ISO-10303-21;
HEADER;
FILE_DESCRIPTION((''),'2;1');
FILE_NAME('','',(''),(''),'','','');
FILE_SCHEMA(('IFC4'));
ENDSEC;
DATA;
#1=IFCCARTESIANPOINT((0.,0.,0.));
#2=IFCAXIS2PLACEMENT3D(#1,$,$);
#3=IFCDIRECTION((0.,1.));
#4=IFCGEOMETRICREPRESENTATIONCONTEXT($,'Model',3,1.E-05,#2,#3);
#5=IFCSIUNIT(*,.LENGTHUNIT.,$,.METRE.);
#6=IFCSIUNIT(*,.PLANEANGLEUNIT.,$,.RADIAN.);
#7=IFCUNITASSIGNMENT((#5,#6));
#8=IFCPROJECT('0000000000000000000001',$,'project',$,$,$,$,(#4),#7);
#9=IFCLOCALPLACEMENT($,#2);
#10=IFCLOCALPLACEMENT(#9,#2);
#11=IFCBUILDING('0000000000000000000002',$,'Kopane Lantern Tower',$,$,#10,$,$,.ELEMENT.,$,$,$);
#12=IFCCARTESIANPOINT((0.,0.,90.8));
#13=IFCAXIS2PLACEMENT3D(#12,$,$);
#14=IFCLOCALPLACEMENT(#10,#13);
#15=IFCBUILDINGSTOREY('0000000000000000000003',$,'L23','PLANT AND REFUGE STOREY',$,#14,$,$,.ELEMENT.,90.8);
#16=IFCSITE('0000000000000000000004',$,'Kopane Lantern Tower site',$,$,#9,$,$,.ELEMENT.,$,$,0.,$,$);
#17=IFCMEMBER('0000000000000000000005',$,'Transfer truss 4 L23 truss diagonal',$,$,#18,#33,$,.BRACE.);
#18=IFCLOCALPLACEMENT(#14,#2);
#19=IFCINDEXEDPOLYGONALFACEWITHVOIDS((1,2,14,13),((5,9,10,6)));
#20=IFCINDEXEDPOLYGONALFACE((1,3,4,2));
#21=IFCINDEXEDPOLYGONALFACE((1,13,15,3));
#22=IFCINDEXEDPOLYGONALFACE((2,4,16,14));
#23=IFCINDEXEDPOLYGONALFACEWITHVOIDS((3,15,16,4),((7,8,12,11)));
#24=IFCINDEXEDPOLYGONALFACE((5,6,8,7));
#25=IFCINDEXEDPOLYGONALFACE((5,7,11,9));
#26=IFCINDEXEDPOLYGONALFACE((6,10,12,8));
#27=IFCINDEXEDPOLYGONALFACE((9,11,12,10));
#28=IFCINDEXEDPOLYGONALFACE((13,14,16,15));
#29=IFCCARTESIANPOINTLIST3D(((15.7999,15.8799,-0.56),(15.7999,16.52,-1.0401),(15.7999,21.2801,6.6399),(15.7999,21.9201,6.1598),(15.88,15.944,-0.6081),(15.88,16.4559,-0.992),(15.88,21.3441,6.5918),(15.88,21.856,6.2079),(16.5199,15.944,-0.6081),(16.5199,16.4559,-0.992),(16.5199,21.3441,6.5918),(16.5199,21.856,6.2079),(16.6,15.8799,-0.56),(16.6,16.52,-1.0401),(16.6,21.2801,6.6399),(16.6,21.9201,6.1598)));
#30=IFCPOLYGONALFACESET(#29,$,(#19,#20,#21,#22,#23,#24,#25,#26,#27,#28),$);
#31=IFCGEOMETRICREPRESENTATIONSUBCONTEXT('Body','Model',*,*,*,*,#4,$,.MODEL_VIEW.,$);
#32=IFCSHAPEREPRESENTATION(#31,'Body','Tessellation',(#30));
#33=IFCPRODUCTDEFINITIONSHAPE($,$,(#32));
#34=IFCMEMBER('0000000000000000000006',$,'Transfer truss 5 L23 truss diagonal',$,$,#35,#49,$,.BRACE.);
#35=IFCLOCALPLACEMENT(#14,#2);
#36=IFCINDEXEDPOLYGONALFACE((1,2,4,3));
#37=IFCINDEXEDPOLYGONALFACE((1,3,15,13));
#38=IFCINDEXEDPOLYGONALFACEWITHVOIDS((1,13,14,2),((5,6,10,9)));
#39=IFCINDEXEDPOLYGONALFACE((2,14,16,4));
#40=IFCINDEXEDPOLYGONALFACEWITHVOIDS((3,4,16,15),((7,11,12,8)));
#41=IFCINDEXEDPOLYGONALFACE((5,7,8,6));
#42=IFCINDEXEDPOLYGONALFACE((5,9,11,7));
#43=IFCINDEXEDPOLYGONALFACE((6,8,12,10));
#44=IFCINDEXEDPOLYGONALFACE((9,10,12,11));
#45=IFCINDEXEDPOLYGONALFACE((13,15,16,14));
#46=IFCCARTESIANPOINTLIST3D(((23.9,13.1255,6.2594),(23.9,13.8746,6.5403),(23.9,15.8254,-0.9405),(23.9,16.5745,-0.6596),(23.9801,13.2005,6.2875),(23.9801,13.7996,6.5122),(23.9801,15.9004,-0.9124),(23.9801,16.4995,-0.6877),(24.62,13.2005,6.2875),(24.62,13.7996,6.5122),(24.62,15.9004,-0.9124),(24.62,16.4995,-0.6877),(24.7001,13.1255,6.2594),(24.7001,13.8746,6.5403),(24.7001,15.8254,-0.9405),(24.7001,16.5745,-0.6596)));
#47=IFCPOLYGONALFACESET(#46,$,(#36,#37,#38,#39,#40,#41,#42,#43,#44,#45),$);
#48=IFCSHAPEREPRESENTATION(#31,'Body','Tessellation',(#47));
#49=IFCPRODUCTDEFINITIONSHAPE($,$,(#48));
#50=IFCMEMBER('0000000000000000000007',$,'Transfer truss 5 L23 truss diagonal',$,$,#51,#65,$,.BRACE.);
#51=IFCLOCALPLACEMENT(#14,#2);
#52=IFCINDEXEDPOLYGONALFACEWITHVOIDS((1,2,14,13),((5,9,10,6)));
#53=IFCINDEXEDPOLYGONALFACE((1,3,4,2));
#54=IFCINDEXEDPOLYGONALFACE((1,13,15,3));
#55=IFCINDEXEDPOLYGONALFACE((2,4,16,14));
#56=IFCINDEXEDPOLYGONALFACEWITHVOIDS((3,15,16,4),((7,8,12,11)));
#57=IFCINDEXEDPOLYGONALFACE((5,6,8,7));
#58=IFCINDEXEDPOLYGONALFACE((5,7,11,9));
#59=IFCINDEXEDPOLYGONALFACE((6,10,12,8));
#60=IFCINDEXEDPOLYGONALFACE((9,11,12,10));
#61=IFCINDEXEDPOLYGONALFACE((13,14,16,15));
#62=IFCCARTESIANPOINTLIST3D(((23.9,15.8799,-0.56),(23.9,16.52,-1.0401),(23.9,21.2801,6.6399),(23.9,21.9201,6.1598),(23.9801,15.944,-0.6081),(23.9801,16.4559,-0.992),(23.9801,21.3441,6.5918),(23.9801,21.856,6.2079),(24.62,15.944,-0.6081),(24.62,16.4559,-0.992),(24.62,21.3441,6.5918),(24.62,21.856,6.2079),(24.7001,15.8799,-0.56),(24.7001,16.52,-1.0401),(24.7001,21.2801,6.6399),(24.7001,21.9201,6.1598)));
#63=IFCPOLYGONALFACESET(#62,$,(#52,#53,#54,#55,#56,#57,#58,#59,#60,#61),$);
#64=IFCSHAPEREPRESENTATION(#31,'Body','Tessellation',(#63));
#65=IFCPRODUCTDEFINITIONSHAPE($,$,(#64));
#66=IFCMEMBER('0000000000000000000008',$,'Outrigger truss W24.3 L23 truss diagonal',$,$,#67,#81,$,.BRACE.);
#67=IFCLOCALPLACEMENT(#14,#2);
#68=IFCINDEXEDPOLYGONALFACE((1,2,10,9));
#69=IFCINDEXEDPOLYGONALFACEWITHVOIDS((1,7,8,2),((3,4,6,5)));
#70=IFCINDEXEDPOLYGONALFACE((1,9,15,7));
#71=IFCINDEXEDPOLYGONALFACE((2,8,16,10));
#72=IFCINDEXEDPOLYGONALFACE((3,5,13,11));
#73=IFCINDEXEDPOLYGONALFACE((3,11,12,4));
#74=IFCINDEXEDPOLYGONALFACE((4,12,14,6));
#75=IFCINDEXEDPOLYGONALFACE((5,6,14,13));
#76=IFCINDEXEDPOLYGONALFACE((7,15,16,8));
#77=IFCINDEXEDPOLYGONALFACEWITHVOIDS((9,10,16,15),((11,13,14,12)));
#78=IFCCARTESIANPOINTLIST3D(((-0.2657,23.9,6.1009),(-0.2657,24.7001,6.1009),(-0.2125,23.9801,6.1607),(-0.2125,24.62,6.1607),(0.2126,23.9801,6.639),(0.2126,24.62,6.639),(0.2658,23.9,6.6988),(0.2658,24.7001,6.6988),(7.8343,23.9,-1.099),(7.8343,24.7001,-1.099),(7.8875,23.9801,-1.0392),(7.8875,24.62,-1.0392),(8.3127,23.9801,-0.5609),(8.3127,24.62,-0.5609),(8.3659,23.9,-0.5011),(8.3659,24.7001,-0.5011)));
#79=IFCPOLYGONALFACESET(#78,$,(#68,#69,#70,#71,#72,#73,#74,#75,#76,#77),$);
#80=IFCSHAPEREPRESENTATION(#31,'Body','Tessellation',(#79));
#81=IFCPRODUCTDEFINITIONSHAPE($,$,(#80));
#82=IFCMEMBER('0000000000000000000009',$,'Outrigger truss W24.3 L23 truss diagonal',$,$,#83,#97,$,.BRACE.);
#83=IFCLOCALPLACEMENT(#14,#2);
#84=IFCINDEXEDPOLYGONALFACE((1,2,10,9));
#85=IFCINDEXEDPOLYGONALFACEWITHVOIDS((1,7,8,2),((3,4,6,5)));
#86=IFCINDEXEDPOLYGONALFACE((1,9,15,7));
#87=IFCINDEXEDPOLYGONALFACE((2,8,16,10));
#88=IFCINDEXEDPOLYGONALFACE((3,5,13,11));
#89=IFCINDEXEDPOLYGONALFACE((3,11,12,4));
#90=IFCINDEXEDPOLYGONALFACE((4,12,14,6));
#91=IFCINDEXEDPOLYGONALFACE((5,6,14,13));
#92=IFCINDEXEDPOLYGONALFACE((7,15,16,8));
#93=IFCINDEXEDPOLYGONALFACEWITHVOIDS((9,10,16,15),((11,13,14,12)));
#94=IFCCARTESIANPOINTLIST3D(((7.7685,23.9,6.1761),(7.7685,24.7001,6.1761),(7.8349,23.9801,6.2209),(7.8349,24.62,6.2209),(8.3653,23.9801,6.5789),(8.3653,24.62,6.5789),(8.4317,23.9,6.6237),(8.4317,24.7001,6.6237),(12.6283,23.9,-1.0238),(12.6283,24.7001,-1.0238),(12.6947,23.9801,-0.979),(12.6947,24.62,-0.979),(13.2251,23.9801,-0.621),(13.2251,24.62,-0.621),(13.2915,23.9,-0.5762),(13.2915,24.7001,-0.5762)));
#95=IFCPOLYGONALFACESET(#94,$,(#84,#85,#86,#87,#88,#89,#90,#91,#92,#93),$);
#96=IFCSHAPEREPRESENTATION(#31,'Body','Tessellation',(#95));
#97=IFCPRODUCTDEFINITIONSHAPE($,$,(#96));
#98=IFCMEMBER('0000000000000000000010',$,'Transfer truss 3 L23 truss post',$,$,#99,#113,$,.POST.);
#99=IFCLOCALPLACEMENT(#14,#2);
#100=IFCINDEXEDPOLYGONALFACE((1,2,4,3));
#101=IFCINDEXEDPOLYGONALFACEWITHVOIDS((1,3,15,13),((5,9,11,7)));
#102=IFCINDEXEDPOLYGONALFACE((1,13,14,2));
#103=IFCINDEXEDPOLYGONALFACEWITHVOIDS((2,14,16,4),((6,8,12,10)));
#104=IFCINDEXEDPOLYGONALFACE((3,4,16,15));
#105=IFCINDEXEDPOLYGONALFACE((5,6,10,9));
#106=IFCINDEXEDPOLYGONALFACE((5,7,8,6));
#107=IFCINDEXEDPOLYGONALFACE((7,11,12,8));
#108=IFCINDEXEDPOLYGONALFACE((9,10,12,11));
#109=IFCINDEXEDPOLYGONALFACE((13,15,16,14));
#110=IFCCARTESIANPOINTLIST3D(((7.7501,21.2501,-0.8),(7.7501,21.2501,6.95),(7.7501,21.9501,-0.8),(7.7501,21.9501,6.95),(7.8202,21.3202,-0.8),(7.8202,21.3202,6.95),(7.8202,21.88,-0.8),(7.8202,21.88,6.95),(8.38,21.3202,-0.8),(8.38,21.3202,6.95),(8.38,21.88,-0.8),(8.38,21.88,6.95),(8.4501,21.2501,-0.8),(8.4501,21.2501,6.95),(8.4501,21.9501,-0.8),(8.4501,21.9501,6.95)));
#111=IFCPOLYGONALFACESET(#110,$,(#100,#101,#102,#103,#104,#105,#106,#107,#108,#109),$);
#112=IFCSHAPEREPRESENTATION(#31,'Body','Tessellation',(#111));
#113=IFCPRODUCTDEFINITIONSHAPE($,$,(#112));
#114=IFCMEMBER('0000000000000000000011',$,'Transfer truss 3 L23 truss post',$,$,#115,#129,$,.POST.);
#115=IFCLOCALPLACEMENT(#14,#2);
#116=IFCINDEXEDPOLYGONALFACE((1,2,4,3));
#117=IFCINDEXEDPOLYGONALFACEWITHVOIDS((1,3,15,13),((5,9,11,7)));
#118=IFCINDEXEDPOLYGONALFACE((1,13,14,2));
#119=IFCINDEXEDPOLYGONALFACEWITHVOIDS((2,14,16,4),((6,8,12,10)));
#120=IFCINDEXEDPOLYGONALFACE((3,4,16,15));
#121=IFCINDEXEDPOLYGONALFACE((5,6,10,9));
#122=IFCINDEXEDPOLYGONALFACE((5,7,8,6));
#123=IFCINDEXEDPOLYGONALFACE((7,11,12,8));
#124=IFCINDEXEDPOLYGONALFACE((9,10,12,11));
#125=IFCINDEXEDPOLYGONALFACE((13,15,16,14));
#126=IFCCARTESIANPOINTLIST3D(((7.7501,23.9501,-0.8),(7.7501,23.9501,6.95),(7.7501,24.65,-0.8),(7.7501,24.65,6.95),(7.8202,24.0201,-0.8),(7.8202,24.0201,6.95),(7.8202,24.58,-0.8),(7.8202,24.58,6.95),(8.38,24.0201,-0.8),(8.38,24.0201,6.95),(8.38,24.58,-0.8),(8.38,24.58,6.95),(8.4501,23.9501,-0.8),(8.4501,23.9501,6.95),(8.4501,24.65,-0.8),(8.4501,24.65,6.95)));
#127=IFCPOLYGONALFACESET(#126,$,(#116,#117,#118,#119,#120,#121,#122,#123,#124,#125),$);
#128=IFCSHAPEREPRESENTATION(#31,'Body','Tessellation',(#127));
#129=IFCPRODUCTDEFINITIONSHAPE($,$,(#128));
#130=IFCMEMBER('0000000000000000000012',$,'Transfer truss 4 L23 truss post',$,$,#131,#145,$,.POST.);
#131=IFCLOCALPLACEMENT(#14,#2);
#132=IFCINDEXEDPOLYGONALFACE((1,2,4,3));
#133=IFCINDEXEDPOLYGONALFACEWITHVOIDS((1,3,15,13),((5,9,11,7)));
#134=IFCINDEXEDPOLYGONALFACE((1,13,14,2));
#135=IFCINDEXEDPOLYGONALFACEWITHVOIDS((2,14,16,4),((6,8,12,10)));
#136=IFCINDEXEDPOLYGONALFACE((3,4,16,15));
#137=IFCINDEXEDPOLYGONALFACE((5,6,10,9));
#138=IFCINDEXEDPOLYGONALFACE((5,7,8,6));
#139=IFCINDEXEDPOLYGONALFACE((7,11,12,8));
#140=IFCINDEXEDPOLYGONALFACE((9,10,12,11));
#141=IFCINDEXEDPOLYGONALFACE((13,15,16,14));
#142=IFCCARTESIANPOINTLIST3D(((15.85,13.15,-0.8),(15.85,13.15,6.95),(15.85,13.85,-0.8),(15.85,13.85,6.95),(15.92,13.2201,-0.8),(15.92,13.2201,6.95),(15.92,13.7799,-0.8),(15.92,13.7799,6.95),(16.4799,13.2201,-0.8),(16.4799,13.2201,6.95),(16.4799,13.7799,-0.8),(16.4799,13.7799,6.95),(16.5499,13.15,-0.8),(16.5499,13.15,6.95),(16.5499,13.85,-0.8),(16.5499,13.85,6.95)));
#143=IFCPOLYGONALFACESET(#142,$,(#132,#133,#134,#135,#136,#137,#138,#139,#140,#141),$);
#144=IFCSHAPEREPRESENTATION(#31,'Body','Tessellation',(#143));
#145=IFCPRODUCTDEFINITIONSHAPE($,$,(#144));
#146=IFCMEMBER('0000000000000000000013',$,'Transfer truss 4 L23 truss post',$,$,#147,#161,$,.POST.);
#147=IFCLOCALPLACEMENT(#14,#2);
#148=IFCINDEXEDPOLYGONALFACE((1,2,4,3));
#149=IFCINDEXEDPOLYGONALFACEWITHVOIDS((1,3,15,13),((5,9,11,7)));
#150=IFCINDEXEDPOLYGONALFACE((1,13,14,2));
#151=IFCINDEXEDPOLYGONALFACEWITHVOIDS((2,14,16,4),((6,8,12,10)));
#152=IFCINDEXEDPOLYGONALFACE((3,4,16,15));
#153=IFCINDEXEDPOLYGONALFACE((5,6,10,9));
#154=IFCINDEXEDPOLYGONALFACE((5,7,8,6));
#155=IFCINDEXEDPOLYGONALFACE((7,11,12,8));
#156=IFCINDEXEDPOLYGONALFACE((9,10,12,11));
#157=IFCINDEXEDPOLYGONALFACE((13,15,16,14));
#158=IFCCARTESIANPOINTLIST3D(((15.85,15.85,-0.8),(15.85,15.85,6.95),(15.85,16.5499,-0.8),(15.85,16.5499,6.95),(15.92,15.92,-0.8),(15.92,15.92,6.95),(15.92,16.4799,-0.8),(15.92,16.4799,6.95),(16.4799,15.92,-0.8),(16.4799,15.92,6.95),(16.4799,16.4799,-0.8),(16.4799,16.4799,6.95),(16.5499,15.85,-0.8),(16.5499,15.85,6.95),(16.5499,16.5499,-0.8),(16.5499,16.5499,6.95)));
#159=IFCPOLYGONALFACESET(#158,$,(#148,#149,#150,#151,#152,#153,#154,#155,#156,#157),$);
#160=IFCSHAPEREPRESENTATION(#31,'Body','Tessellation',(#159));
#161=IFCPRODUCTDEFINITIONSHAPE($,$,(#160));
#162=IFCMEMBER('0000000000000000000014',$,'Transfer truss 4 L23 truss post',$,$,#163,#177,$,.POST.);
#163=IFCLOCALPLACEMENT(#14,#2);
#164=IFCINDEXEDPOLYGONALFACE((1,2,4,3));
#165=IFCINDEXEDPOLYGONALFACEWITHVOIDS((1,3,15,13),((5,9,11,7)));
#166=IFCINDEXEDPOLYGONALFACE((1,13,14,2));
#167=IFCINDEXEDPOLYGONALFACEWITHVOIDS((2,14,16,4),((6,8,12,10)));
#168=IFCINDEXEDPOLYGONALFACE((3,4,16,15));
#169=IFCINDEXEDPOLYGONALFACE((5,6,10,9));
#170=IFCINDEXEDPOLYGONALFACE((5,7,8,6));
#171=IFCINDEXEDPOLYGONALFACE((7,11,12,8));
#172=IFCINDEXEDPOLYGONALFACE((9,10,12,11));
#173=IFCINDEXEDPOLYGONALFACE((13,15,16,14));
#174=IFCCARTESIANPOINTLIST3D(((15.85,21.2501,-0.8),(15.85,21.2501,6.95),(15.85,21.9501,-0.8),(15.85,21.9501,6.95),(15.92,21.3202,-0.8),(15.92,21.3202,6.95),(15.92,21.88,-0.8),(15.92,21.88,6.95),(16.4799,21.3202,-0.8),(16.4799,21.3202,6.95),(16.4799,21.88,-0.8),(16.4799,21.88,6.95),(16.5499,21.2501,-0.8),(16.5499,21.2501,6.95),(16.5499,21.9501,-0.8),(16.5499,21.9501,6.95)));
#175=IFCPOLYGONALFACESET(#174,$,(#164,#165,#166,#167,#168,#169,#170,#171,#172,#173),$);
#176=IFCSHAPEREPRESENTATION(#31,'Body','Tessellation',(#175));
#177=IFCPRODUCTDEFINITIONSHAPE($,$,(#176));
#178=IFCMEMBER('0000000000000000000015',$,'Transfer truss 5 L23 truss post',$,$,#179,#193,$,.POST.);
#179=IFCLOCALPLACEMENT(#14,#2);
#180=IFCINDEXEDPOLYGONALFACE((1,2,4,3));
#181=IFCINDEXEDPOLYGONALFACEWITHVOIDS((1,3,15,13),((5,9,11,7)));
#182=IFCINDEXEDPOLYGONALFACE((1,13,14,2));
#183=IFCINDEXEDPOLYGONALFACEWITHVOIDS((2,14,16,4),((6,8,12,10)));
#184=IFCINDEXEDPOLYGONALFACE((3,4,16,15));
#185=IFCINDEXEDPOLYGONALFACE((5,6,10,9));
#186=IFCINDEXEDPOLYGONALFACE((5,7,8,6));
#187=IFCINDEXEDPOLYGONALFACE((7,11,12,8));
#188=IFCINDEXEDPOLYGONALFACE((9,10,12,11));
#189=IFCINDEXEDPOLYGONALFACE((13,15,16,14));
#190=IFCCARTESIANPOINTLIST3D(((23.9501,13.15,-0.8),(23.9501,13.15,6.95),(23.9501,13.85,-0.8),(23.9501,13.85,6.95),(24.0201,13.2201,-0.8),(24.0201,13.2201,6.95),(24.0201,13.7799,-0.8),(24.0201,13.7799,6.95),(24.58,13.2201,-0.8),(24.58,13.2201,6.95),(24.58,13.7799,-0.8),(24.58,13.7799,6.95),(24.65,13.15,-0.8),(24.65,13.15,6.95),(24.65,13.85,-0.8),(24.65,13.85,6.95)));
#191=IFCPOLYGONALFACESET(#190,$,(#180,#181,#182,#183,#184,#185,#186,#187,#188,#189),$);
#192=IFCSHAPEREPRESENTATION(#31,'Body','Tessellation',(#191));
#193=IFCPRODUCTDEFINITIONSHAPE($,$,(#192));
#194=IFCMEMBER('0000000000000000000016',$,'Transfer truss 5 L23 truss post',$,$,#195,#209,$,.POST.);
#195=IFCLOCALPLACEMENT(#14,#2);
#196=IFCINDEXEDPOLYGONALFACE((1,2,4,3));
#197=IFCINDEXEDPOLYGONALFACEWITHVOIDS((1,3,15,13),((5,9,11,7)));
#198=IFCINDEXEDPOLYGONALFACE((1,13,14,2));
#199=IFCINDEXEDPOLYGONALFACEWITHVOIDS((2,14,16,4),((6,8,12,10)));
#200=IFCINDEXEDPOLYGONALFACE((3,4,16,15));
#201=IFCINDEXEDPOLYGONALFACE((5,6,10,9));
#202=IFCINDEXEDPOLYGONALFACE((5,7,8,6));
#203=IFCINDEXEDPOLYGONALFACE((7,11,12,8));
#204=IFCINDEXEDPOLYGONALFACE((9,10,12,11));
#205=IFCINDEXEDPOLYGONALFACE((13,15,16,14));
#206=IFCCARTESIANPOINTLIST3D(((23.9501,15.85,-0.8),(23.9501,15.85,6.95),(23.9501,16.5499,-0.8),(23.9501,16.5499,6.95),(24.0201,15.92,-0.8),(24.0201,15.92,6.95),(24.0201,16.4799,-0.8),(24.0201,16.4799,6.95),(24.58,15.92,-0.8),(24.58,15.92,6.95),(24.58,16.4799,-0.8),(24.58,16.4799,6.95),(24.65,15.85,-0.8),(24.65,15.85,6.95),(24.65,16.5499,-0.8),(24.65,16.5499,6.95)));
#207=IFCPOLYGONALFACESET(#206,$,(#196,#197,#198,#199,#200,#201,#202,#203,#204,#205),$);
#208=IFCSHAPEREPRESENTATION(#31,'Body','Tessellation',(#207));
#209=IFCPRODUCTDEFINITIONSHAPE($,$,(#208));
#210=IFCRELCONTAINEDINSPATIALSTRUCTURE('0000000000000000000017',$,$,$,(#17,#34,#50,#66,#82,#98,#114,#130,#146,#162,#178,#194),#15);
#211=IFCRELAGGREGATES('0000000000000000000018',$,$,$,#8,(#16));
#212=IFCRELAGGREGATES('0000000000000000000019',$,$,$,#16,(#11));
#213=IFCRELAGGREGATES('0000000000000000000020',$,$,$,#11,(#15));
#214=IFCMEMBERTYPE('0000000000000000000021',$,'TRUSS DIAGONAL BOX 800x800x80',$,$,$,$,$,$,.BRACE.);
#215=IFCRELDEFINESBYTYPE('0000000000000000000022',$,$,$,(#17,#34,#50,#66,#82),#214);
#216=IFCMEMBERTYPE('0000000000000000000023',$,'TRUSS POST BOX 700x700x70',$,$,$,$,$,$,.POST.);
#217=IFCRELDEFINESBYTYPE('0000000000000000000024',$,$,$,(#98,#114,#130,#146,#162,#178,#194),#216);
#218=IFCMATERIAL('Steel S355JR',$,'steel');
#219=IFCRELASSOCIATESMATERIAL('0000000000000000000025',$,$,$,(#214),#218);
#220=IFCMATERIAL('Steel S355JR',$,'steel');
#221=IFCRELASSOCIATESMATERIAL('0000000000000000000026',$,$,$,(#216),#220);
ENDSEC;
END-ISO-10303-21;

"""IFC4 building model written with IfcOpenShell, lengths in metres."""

from ifc_helpers import new_model, si_unit, direction, frame, origin, origin_2d, place, context, subcontext, project, spatial, hollow_rectangle, extrude, material, material_profile, profile_set, type_object, element, save


model = new_model("IFC4")

# Units and contexts
model_context = context("Model", 3, precision=1e-05, world=origin(), true_north=direction((0.0, 1.0)))
body_context = subcontext(model_context, "Body", "Model", "MODEL_VIEW")
ifc_project = project(units=[si_unit("LENGTHUNIT", "METRE"), si_unit("PLANEANGLEUNIT", "RADIAN")], contexts=[model_context])

# Site, building, storey
site_placement = place(None, origin())
site = spatial("IfcSite", under=ifc_project, at=site_placement, Name="Kopane Lantern Tower site", CompositionType="ELEMENT", RefElevation=0.0)
building_placement = place(site_placement, origin())
building = spatial("IfcBuilding", under=site, at=building_placement, Name="Kopane Lantern Tower", CompositionType="ELEMENT")
storey_placement = place(building_placement, frame((0.0, 0.0, 90.8)))
storey = spatial("IfcBuildingStorey", under=building, at=storey_placement, Name="L23", Description="PLANT AND REFUGE STOREY", CompositionType="ELEMENT", Elevation=90.8)

# Members
ifc_material_1 = material(Name="Steel S355JR", Category="steel")
ifc_material_profile_1 = material_profile(ifc_material_1, hollow_rectangle(XDim=0.8, YDim=0.8, WallThickness=0.0801, at=origin_2d()), Name="BOX 800x800x80")
ifc_profile_set_1 = profile_set([ifc_material_profile_1], Name="Steel S355JR")
member_type_1 = type_object("IfcMemberType", Name="TRUSS DIAGONAL BOX 800x800x80", PredefinedType="BRACE", material=ifc_profile_set_1)
member_1_placement = place(storey_placement, frame((16.2, 16.2, -0.8), z_axis=(0.0, 0.600013, 0.79999), x_axis=(-1.0, 0.0, 0.0)))
element("IfcMember", 1, at=member_1_placement, inside=storey, type_object=member_type_1, Name="Transfer truss 4 L23 truss diagonal", PredefinedType="BRACE", context=body_context, shape_type="SweptSolid", body=[
    extrude(hollow_rectangle(XDim=0.8, YDim=0.8, WallThickness=0.0801, at=origin_2d()), origin(), (0.0, 0.0, 1.0), 9.0),
])
member_2_placement = place(storey_placement, frame((24.3, 16.2, -0.8), z_axis=(0.0, -0.35112, 0.93633), x_axis=(1.0, 0.0, 0.0)))
element("IfcMember", 2, at=member_2_placement, inside=storey, type_object=member_type_1, Name="Transfer truss 5 L23 truss diagonal", PredefinedType="BRACE", context=body_context, shape_type="SweptSolid", body=[
    extrude(hollow_rectangle(XDim=0.8, YDim=0.8, WallThickness=0.0801, at=origin_2d()), origin(), (0.0, 0.0, 1.0), 7.6895),
])
member_3_placement = place(storey_placement, frame((24.3, 16.2, -0.8), z_axis=(0.0, 0.600013, 0.79999), x_axis=(-1.0, 0.0, 0.0)))
element("IfcMember", 3, at=member_3_placement, inside=storey, type_object=member_type_1, Name="Transfer truss 5 L23 truss diagonal", PredefinedType="BRACE", context=body_context, shape_type="SweptSolid", body=[
    extrude(hollow_rectangle(XDim=0.8, YDim=0.8, WallThickness=0.0801, at=origin_2d()), origin(), (0.0, 0.0, 1.0), 9.0),
])
member_4_placement = place(storey_placement, frame((8.1001, 24.3, -0.8), z_axis=(-0.747416, 0.0, 0.664357), x_axis=(0.0, -1.0, 0.0)))
element("IfcMember", 4, at=member_4_placement, inside=storey, type_object=member_type_1, Name="Outrigger truss W24.3 L23 truss diagonal", PredefinedType="BRACE", context=body_context, shape_type="SweptSolid", body=[
    extrude(hollow_rectangle(XDim=0.8, YDim=0.8, WallThickness=0.0801, at=origin_2d()), origin(), (0.0, 0.0, 1.0), 10.8374),
])
member_5_placement = place(storey_placement, frame((8.1001, 24.3, 6.3999), z_axis=(0.559465, 0.0, -0.828854), x_axis=(0.0, 1.0, 0.0)))
element("IfcMember", 5, at=member_5_placement, inside=storey, type_object=member_type_1, Name="Outrigger truss W24.3 L23 truss diagonal", PredefinedType="BRACE", context=body_context, shape_type="SweptSolid", body=[
    extrude(hollow_rectangle(XDim=0.8, YDim=0.8, WallThickness=0.0801, at=origin_2d()), origin(), (0.0, 0.0, 1.0), 8.6865),
])
ifc_material_2 = material(Name="Steel S355JR", Category="steel")
ifc_material_profile_2 = material_profile(ifc_material_2, hollow_rectangle(XDim=0.7, YDim=0.7, WallThickness=0.0701, at=origin_2d()), Name="BOX 700x700x70")
ifc_profile_set_2 = profile_set([ifc_material_profile_2], Name="Steel S355JR")
member_type_2 = type_object("IfcMemberType", Name="TRUSS POST BOX 700x700x70", PredefinedType="POST", material=ifc_profile_set_2)
for number, where, z_axis, x_axis, name in (
    (6, (8.1001, 21.6001, -0.8), (0.0, 0.0, 1.0), (1.0, 0.0, 0.0), "Transfer truss 3 L23 truss post"),
    (7, (8.1001, 24.3, -0.8), (0.0, 0.0, 1.0), (1.0, 0.0, 0.0), "Transfer truss 3 L23 truss post"),
    (8, (16.2, 13.5, -0.8), (0.0, 0.0, 1.0), (1.0, 0.0, 0.0), "Transfer truss 4 L23 truss post"),
    (9, (16.2, 16.2, -0.8), (0.0, 0.0, 1.0), (1.0, 0.0, 0.0), "Transfer truss 4 L23 truss post"),
    (10, (16.2, 21.6001, -0.8), (0.0, 0.0, 1.0), (1.0, 0.0, 0.0), "Transfer truss 4 L23 truss post"),
    (11, (24.3, 13.5, -0.8), (0.0, 0.0, 1.0), (1.0, 0.0, 0.0), "Transfer truss 5 L23 truss post"),
    (12, (24.3, 16.2, -0.8), (0.0, 0.0, 1.0), (1.0, 0.0, 0.0), "Transfer truss 5 L23 truss post"),
):
    element("IfcMember", number, at=place(storey_placement, frame(where, z_axis=z_axis, x_axis=x_axis)), inside=storey, type_object=member_type_2, Name=name, PredefinedType="POST", context=body_context, shape_type="SweptSolid", body=[
        extrude(hollow_rectangle(XDim=0.7, YDim=0.7, WallThickness=0.0701, at=origin_2d()), origin(), (0.0, 0.0, 1.0), 7.75),
    ])

save(model, "model.ifc")
